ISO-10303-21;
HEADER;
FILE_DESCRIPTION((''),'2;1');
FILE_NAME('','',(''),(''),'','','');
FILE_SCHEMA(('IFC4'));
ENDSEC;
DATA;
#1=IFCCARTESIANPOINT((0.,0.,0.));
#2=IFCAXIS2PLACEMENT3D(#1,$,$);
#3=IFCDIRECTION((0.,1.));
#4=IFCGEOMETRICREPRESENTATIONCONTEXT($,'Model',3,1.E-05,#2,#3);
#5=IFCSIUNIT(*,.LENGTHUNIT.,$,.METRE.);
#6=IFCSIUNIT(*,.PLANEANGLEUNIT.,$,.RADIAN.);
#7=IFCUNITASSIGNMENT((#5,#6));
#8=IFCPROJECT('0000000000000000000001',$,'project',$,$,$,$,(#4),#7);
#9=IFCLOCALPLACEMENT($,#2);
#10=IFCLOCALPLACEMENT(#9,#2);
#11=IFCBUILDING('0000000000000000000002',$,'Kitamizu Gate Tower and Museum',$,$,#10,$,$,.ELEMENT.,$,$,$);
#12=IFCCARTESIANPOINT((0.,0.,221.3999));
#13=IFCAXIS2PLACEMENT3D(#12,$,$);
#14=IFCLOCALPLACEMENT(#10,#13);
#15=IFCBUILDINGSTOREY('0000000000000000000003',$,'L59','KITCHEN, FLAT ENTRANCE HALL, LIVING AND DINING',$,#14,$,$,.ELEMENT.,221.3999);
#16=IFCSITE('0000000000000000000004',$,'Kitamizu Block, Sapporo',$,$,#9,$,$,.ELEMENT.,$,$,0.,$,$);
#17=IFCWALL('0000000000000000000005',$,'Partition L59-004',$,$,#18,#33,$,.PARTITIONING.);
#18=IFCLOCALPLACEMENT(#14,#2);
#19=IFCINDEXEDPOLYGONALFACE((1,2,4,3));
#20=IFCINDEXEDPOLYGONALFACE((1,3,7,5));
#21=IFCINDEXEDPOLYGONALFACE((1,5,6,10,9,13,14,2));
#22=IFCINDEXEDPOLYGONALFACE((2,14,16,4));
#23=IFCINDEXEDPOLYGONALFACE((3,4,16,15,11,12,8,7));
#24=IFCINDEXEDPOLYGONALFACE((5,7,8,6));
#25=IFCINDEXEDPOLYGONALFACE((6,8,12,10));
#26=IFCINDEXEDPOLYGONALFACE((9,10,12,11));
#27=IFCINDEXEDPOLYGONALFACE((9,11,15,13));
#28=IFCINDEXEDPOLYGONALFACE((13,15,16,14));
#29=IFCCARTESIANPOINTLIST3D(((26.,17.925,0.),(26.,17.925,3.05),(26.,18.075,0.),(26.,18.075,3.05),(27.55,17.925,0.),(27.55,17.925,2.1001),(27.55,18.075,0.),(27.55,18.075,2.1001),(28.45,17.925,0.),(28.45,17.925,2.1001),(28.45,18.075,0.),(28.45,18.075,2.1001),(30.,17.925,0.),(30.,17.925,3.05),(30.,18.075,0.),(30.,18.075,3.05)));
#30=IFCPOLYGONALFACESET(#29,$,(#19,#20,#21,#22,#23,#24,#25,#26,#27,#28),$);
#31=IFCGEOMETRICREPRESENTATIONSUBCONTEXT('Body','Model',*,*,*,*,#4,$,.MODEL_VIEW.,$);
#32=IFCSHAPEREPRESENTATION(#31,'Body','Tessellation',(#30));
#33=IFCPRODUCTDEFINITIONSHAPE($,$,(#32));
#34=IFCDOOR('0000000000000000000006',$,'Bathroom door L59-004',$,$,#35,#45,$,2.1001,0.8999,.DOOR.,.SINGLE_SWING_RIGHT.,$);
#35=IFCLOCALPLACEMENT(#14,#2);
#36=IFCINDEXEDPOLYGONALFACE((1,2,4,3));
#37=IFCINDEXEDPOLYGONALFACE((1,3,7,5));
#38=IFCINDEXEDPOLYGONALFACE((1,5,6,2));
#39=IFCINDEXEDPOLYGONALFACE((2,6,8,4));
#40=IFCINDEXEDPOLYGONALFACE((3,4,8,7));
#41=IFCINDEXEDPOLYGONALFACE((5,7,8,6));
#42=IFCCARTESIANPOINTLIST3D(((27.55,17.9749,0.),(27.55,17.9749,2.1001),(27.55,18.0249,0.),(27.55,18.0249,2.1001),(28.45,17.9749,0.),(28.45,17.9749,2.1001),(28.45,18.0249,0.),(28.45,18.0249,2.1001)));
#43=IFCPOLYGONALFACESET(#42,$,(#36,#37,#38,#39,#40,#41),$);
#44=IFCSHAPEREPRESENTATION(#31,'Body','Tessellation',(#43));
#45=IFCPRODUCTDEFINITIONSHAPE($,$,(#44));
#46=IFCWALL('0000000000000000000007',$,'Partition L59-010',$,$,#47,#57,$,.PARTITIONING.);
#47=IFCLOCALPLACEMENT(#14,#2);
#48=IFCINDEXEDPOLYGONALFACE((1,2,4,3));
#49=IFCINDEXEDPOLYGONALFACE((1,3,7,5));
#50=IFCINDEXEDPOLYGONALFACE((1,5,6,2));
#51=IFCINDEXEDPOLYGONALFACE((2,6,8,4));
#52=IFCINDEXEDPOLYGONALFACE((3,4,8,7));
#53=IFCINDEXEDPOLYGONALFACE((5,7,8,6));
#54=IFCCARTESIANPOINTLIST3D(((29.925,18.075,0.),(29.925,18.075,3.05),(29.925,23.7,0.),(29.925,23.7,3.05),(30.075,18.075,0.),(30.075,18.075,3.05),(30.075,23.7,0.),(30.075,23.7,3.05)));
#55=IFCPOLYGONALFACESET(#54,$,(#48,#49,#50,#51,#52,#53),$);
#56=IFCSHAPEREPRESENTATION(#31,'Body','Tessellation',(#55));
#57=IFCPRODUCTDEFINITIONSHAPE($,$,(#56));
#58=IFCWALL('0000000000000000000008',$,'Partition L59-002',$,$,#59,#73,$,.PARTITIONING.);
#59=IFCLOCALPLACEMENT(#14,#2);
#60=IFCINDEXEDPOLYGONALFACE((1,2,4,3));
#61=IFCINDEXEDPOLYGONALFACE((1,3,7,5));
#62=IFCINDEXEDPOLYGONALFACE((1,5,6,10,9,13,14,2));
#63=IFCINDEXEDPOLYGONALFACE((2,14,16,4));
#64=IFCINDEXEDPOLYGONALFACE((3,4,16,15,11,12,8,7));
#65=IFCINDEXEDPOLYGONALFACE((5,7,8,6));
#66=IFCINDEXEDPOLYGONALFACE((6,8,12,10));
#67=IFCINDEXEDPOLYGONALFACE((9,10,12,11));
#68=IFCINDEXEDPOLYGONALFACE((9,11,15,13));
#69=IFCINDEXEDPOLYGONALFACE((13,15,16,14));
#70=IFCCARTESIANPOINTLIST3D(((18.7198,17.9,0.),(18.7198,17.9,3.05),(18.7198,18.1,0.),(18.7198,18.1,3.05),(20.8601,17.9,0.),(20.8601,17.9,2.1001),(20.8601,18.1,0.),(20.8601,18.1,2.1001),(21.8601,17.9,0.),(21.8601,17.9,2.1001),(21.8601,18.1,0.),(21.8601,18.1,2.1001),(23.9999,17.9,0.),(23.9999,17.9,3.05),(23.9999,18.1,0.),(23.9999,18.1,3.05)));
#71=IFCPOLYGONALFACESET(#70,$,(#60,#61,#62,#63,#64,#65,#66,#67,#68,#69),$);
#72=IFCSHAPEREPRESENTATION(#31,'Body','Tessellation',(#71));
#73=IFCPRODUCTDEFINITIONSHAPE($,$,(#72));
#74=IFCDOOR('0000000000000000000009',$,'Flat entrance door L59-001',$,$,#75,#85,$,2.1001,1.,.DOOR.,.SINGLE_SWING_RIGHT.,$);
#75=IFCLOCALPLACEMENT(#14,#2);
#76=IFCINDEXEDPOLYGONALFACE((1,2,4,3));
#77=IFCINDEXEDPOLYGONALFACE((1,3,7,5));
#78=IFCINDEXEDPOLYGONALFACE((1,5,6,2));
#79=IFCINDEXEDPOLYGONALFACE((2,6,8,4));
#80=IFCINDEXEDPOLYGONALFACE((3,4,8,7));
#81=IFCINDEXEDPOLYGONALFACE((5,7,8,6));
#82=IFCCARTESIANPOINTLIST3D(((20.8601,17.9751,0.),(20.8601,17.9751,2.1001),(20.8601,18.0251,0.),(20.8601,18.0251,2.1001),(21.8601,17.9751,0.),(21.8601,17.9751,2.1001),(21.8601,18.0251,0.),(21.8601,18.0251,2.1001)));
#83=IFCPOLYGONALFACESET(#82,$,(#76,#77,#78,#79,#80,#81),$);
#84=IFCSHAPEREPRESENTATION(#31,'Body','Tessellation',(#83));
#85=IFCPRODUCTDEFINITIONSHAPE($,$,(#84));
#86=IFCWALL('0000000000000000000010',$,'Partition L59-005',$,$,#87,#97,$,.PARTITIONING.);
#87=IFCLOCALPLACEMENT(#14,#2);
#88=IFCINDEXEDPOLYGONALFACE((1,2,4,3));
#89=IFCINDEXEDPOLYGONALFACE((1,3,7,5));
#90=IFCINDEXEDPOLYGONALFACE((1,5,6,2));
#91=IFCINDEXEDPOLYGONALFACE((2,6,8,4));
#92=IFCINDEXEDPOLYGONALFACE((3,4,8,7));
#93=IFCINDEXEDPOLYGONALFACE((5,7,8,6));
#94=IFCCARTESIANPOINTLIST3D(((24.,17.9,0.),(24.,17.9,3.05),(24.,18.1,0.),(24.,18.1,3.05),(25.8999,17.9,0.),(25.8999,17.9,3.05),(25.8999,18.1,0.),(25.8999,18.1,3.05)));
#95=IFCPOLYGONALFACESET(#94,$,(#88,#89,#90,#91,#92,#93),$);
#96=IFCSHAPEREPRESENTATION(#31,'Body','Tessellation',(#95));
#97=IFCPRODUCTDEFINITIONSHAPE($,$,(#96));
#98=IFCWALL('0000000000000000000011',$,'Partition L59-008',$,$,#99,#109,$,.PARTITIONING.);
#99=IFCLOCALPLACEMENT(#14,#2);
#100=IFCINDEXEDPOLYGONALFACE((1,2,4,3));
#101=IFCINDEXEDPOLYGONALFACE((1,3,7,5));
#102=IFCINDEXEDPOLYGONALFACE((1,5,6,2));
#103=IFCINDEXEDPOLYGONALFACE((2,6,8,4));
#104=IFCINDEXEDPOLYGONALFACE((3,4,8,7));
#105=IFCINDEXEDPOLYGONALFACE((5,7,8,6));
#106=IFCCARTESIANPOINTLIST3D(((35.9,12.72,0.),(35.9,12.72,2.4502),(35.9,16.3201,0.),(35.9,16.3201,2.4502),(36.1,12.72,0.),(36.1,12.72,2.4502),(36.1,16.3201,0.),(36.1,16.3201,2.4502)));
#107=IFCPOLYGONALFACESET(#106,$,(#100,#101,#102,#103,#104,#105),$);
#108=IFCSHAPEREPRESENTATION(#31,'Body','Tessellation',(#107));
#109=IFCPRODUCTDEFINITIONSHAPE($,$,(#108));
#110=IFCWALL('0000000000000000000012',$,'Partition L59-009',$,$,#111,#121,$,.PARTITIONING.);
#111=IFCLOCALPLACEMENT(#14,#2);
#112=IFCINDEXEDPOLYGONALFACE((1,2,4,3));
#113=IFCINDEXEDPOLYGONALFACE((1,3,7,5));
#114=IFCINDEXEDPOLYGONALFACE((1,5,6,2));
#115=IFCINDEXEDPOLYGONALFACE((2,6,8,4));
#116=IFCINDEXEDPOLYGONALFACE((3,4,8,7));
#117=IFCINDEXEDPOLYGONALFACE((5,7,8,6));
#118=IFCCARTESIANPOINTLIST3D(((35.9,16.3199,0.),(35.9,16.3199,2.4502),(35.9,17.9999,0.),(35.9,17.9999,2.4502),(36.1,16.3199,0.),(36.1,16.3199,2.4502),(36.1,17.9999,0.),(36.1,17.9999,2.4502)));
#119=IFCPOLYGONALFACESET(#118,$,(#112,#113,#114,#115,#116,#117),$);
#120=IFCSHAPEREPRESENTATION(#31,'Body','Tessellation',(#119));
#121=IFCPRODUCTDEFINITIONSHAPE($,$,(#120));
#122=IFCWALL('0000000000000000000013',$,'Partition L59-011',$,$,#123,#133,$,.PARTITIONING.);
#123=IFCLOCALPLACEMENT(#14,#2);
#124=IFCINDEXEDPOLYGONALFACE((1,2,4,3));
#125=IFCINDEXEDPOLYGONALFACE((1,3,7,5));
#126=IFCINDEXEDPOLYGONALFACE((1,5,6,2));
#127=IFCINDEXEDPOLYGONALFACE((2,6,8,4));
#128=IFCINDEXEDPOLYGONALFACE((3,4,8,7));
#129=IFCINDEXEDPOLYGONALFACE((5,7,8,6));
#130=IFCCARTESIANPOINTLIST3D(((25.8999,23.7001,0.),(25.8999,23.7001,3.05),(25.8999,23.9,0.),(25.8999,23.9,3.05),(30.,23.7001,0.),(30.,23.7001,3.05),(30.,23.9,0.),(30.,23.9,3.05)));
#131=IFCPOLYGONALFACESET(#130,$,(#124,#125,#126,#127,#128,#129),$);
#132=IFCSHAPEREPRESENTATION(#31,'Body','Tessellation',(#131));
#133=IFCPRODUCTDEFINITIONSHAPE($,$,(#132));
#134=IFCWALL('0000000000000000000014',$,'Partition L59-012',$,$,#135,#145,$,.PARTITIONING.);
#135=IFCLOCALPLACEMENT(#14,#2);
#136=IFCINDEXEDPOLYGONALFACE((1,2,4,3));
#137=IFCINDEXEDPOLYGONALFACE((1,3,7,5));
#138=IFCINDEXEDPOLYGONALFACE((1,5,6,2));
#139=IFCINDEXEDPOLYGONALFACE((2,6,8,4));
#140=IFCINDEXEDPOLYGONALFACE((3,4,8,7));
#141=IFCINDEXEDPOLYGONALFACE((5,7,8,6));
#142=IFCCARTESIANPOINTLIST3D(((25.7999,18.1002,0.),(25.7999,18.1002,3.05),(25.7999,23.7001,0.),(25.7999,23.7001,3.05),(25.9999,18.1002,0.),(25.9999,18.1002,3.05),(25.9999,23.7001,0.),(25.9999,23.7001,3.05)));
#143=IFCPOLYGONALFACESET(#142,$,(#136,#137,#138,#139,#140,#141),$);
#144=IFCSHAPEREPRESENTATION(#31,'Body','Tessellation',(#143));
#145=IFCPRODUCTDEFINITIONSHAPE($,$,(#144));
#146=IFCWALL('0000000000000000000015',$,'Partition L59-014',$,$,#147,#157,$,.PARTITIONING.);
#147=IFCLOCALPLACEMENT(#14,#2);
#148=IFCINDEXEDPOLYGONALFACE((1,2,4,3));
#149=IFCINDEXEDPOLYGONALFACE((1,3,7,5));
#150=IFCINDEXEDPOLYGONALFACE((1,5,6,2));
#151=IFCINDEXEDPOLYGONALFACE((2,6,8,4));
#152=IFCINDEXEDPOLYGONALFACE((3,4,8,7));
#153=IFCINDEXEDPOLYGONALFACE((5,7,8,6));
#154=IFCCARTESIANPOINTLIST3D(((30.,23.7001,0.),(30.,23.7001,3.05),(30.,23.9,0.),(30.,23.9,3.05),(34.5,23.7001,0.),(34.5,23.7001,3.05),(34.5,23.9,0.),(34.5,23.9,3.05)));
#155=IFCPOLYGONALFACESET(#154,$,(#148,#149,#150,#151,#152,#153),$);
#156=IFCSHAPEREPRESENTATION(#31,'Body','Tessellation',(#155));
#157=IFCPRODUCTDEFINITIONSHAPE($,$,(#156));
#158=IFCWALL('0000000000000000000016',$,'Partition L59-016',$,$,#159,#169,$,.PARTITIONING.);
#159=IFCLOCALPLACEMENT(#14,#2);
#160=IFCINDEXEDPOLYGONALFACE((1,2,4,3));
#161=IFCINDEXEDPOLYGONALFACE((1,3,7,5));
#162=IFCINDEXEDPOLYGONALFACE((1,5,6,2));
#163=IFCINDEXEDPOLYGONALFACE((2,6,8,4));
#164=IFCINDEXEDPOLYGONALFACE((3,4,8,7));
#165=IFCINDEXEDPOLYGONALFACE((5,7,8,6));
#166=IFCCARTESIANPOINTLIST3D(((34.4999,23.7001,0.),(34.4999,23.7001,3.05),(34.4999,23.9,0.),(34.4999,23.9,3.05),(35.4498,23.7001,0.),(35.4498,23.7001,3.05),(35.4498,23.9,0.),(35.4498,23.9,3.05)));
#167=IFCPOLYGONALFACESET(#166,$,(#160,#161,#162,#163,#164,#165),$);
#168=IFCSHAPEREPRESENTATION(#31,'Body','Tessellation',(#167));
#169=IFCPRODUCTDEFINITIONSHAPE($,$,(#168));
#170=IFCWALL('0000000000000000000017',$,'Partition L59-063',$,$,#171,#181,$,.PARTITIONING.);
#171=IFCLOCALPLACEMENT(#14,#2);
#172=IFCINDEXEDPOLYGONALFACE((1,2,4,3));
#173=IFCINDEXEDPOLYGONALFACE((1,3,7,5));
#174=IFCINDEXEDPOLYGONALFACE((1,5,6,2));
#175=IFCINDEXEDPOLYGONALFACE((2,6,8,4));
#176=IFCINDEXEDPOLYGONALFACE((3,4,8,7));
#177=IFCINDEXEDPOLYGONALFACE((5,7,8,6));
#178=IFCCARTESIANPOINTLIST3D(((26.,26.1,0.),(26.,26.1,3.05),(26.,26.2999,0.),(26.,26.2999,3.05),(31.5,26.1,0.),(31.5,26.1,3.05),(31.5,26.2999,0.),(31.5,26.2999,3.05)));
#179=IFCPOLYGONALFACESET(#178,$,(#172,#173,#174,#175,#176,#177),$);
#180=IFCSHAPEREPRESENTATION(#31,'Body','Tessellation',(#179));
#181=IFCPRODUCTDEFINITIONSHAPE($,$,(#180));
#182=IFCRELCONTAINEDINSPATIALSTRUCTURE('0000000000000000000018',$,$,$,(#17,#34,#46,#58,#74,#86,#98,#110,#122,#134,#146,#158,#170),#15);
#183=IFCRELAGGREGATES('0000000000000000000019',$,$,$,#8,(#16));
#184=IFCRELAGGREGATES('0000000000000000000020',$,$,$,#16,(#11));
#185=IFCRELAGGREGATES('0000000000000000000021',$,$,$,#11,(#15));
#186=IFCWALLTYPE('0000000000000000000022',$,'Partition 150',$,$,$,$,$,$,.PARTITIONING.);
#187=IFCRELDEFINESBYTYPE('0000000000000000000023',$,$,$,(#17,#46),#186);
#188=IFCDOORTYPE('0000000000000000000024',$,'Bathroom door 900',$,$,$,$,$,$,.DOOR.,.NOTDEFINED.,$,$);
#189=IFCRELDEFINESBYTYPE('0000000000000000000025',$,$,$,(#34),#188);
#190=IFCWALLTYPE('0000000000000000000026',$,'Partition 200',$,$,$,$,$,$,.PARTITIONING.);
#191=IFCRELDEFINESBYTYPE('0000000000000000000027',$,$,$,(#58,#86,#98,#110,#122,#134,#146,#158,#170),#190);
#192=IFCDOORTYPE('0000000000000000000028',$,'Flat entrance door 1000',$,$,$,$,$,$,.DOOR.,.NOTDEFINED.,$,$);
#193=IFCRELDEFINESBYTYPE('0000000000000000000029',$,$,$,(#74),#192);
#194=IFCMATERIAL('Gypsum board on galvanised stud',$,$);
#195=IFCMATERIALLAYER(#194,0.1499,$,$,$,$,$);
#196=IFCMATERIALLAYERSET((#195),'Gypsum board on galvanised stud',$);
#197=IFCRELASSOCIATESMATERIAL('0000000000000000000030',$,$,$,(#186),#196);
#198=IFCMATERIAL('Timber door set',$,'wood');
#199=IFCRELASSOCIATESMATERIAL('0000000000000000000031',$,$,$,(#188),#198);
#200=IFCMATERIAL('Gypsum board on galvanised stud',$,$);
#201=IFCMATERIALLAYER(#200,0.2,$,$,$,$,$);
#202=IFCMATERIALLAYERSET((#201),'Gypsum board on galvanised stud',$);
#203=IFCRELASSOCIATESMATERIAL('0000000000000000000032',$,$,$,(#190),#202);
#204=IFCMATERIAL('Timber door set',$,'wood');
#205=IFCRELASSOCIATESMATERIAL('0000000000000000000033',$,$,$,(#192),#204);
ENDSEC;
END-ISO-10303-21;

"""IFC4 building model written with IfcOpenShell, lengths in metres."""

from ifc_helpers import new_model, si_unit, direction, frame, frame_2d, origin, place, context, subcontext, project, spatial, rectangle, extrude, material, layer, layer_set, type_object, element, fill, save


model = new_model("IFC4")

# Units and contexts
model_context = context("Model", 3, precision=1e-05, world=origin(), true_north=direction((0.0, 1.0)))
body_context = subcontext(model_context, "Body", "Model", "MODEL_VIEW")
ifc_project = project(units=[si_unit("LENGTHUNIT", "METRE"), si_unit("PLANEANGLEUNIT", "RADIAN")], contexts=[model_context])

# Site, building, storey
site_placement = place(None, origin())
site = spatial("IfcSite", under=ifc_project, at=site_placement, Name="Kitamizu Block, Sapporo", CompositionType="ELEMENT", RefElevation=0.0)
building_placement = place(site_placement, origin())
building = spatial("IfcBuilding", under=site, at=building_placement, Name="Kitamizu Gate Tower and Museum", CompositionType="ELEMENT")
storey_placement = place(building_placement, frame((0.0, 0.0, 221.3999)))
storey = spatial("IfcBuildingStorey", under=building, at=storey_placement, Name="L59", Description="KITCHEN, FLAT ENTRANCE HALL, LIVING AND DINING", CompositionType="ELEMENT", Elevation=221.3999)

# Wall, opening, door
ifc_material_1 = material(Name="Gypsum board on galvanised stud")
ifc_layer_1 = layer(ifc_material_1, 0.1499)
ifc_layer_set_1 = layer_set([ifc_layer_1], Name="Gypsum board on galvanised stud")
wall_type_1 = type_object("IfcWallType", Name="Partition 150", PredefinedType="PARTITIONING", material=ifc_layer_set_1)
wall_1_placement = place(storey_placement, frame((30.0, 18.0, 0.0), z_axis=(0.0, 0.0, 1.0), x_axis=(-1.0, 0.0, 0.0)))
wall_1 = element("IfcWall", 1, at=wall_1_placement, inside=storey, type_object=wall_type_1, Name="Partition L59-004", PredefinedType="PARTITIONING", context=body_context, shape_type="SweptSolid", body=[
    extrude(rectangle(XDim=4.0, YDim=0.1499, at=frame_2d((2.0, 0.0))), origin(), (0.0, 0.0, 1.0), 3.05),
])
opening_1_placement = place(wall_1_placement, frame((1.55, 0.0, 0.0)))
opening_1 = element("IfcOpeningElement", 2, at=opening_1_placement, cuts=wall_1, PredefinedType="OPENING", context=body_context, shape_type="SweptSolid", body=[
    extrude(rectangle(XDim=0.8999, YDim=2.1001, at=frame_2d((0.45, 1.05))), frame((0.0, 0.085, 0.0), z_axis=(0.0, -1.0, 0.0), x_axis=(1.0, 0.0, 0.0)), (0.0, 0.0, 1.0), 0.1699),
])
ifc_material_2 = material(Name="Timber door set", Category="wood")
door_type_1 = type_object("IfcDoorType", Name="Bathroom door 900", OperationType="NOTDEFINED", PredefinedType="DOOR", material=ifc_material_2)
door_1_placement = place(opening_1_placement, frame((0.8999, 0.0, 0.0), x_axis=(-1.0, 0.0, 0.0)))
door_1 = element("IfcDoor", 3, at=door_1_placement, inside=storey, type_object=door_type_1, Name="Bathroom door L59-004", OperationType="SINGLE_SWING_RIGHT", OverallHeight=2.1001, OverallWidth=0.8999, PredefinedType="DOOR", context=body_context, shape_type="SweptSolid", body=[
    extrude(rectangle(XDim=0.8999, YDim=2.1001, at=frame_2d((0.45, 1.05))), frame((0.0, 0.0249, 0.0), z_axis=(0.0, -1.0, 0.0), x_axis=(1.0, 0.0, 0.0)), (0.0, 0.0, 1.0), 0.05),
])
fill(opening_1, door_1)

# Wall
wall_2_placement = place(storey_placement, frame((30.0, 18.075, 0.0), z_axis=(0.0, 0.0, 1.0), x_axis=(0.0, 1.0, 0.0)))
element("IfcWall", 4, at=wall_2_placement, inside=storey, type_object=wall_type_1, Name="Partition L59-010", PredefinedType="PARTITIONING", context=body_context, shape_type="SweptSolid", body=[
    extrude(rectangle(XDim=5.625, YDim=0.1499, at=frame_2d((2.8125, 0.0))), origin(), (0.0, 0.0, 1.0), 3.05),
])

# Wall, opening, door
ifc_material_3 = material(Name="Gypsum board on galvanised stud")
ifc_layer_2 = layer(ifc_material_3, 0.2)
ifc_layer_set_2 = layer_set([ifc_layer_2], Name="Gypsum board on galvanised stud")
wall_type_2 = type_object("IfcWallType", Name="Partition 200", PredefinedType="PARTITIONING", material=ifc_layer_set_2)
wall_3_placement = place(storey_placement, frame((24.0, 18.0, 0.0), z_axis=(0.0, 0.0, 1.0), x_axis=(-1.0, 0.0, 0.0)))
wall_3 = element("IfcWall", 5, at=wall_3_placement, inside=storey, type_object=wall_type_2, Name="Partition L59-002", PredefinedType="PARTITIONING", context=body_context, shape_type="SweptSolid", body=[
    extrude(rectangle(XDim=5.28, YDim=0.2, at=frame_2d((2.6401, 0.0))), origin(), (0.0, 0.0, 1.0), 3.05),
])
opening_2_placement = place(wall_3_placement, frame((2.1399, 0.0, 0.0)))
opening_2 = element("IfcOpeningElement", 6, at=opening_2_placement, cuts=wall_3, PredefinedType="OPENING", context=body_context, shape_type="SweptSolid", body=[
    extrude(rectangle(XDim=1.0, YDim=2.1001, at=frame_2d((0.5, 1.05))), frame((0.0, 0.1099, 0.0), z_axis=(0.0, -1.0, 0.0), x_axis=(1.0, 0.0, 0.0)), (0.0, 0.0, 1.0), 0.22),
])
ifc_material_4 = material(Name="Timber door set", Category="wood")
door_type_2 = type_object("IfcDoorType", Name="Flat entrance door 1000", OperationType="NOTDEFINED", PredefinedType="DOOR", material=ifc_material_4)
door_2_placement = place(opening_2_placement, origin())
door_2 = element("IfcDoor", 7, at=door_2_placement, inside=storey, type_object=door_type_2, Name="Flat entrance door L59-001", OperationType="SINGLE_SWING_RIGHT", OverallHeight=2.1001, OverallWidth=1.0, PredefinedType="DOOR", context=body_context, shape_type="SweptSolid", body=[
    extrude(rectangle(XDim=1.0, YDim=2.1001, at=frame_2d((0.5, 1.05))), frame((0.0, 0.0249, 0.0), z_axis=(0.0, -1.0, 0.0), x_axis=(1.0, 0.0, 0.0)), (0.0, 0.0, 1.0), 0.05),
])
fill(opening_2, door_2)

# Walls
wall_4_placement = place(storey_placement, frame((25.8999, 18.0, 0.0), z_axis=(0.0, 0.0, 1.0), x_axis=(-1.0, 0.0, 0.0)))
element("IfcWall", 8, at=wall_4_placement, inside=storey, type_object=wall_type_2, Name="Partition L59-005", PredefinedType="PARTITIONING", context=body_context, shape_type="SweptSolid", body=[
    extrude(rectangle(XDim=1.8999, YDim=0.2, at=frame_2d((0.95, 0.0))), origin(), (0.0, 0.0, 1.0), 3.05),
])
wall_5_placement = place(storey_placement, frame((36.0, 12.72, 0.0), z_axis=(0.0, 0.0, 1.0), x_axis=(0.0, 1.0, 0.0)))
element("IfcWall", 9, at=wall_5_placement, inside=storey, type_object=wall_type_2, Name="Partition L59-008", PredefinedType="PARTITIONING", context=body_context, shape_type="SweptSolid", body=[
    extrude(rectangle(XDim=3.6001, YDim=0.2, at=frame_2d((1.8, 0.0))), origin(), (0.0, 0.0, 1.0), 2.4502),
])
wall_6_placement = place(storey_placement, frame((36.0, 16.3201, 0.0), z_axis=(0.0, 0.0, 1.0), x_axis=(0.0, 1.0, 0.0)))
element("IfcWall", 10, at=wall_6_placement, inside=storey, type_object=wall_type_2, Name="Partition L59-009", PredefinedType="PARTITIONING", context=body_context, shape_type="SweptSolid", body=[
    extrude(rectangle(XDim=1.6799, YDim=0.2, at=frame_2d((0.8398, 0.0))), origin(), (0.0, 0.0, 1.0), 2.4502),
])
wall_7_placement = place(storey_placement, frame((30.0, 23.8, 0.0), z_axis=(0.0, 0.0, 1.0), x_axis=(-1.0, 0.0, 0.0)))
element("IfcWall", 11, at=wall_7_placement, inside=storey, type_object=wall_type_2, Name="Partition L59-011", PredefinedType="PARTITIONING", context=body_context, shape_type="SweptSolid", body=[
    extrude(rectangle(XDim=4.1001, YDim=0.2, at=frame_2d((2.05, 0.0))), origin(), (0.0, 0.0, 1.0), 3.05),
])
wall_8_placement = place(storey_placement, frame((25.8999, 23.7, 0.0), z_axis=(0.0, 0.0, 1.0), x_axis=(0.0, -1.0, 0.0)))
element("IfcWall", 12, at=wall_8_placement, inside=storey, type_object=wall_type_2, Name="Partition L59-012", PredefinedType="PARTITIONING", context=body_context, shape_type="SweptSolid", body=[
    extrude(rectangle(XDim=5.5999, YDim=0.2, at=frame_2d((2.7998, 0.0))), origin(), (0.0, 0.0, 1.0), 3.05),
])
wall_9_placement = place(storey_placement, frame((34.5, 23.8, 0.0), z_axis=(0.0, 0.0, 1.0), x_axis=(-1.0, 0.0, 0.0)))
element("IfcWall", 13, at=wall_9_placement, inside=storey, type_object=wall_type_2, Name="Partition L59-014", PredefinedType="PARTITIONING", context=body_context, shape_type="SweptSolid", body=[
    extrude(rectangle(XDim=4.5, YDim=0.2, at=frame_2d((2.25, 0.0))), origin(), (0.0, 0.0, 1.0), 3.05),
])
wall_10_placement = place(storey_placement, frame((35.45, 23.8, 0.0), z_axis=(0.0, 0.0, 1.0), x_axis=(-1.0, 0.0, 0.0)))
element("IfcWall", 14, at=wall_10_placement, inside=storey, type_object=wall_type_2, Name="Partition L59-016", PredefinedType="PARTITIONING", context=body_context, shape_type="SweptSolid", body=[
    extrude(rectangle(XDim=0.95, YDim=0.2, at=frame_2d((0.4751, 0.0))), origin(), (0.0, 0.0, 1.0), 3.05),
])
wall_11_placement = place(storey_placement, frame((26.0, 26.2, 0.0), z_axis=(0.0, 0.0, 1.0), x_axis=(1.0, 0.0, 0.0)))
element("IfcWall", 15, at=wall_11_placement, inside=storey, type_object=wall_type_2, Name="Partition L59-063", PredefinedType="PARTITIONING", context=body_context, shape_type="SweptSolid", body=[
    extrude(rectangle(XDim=5.5, YDim=0.2, at=frame_2d((2.75, 0.0))), origin(), (0.0, 0.0, 1.0), 3.05),
])

save(model, "model.ifc")
